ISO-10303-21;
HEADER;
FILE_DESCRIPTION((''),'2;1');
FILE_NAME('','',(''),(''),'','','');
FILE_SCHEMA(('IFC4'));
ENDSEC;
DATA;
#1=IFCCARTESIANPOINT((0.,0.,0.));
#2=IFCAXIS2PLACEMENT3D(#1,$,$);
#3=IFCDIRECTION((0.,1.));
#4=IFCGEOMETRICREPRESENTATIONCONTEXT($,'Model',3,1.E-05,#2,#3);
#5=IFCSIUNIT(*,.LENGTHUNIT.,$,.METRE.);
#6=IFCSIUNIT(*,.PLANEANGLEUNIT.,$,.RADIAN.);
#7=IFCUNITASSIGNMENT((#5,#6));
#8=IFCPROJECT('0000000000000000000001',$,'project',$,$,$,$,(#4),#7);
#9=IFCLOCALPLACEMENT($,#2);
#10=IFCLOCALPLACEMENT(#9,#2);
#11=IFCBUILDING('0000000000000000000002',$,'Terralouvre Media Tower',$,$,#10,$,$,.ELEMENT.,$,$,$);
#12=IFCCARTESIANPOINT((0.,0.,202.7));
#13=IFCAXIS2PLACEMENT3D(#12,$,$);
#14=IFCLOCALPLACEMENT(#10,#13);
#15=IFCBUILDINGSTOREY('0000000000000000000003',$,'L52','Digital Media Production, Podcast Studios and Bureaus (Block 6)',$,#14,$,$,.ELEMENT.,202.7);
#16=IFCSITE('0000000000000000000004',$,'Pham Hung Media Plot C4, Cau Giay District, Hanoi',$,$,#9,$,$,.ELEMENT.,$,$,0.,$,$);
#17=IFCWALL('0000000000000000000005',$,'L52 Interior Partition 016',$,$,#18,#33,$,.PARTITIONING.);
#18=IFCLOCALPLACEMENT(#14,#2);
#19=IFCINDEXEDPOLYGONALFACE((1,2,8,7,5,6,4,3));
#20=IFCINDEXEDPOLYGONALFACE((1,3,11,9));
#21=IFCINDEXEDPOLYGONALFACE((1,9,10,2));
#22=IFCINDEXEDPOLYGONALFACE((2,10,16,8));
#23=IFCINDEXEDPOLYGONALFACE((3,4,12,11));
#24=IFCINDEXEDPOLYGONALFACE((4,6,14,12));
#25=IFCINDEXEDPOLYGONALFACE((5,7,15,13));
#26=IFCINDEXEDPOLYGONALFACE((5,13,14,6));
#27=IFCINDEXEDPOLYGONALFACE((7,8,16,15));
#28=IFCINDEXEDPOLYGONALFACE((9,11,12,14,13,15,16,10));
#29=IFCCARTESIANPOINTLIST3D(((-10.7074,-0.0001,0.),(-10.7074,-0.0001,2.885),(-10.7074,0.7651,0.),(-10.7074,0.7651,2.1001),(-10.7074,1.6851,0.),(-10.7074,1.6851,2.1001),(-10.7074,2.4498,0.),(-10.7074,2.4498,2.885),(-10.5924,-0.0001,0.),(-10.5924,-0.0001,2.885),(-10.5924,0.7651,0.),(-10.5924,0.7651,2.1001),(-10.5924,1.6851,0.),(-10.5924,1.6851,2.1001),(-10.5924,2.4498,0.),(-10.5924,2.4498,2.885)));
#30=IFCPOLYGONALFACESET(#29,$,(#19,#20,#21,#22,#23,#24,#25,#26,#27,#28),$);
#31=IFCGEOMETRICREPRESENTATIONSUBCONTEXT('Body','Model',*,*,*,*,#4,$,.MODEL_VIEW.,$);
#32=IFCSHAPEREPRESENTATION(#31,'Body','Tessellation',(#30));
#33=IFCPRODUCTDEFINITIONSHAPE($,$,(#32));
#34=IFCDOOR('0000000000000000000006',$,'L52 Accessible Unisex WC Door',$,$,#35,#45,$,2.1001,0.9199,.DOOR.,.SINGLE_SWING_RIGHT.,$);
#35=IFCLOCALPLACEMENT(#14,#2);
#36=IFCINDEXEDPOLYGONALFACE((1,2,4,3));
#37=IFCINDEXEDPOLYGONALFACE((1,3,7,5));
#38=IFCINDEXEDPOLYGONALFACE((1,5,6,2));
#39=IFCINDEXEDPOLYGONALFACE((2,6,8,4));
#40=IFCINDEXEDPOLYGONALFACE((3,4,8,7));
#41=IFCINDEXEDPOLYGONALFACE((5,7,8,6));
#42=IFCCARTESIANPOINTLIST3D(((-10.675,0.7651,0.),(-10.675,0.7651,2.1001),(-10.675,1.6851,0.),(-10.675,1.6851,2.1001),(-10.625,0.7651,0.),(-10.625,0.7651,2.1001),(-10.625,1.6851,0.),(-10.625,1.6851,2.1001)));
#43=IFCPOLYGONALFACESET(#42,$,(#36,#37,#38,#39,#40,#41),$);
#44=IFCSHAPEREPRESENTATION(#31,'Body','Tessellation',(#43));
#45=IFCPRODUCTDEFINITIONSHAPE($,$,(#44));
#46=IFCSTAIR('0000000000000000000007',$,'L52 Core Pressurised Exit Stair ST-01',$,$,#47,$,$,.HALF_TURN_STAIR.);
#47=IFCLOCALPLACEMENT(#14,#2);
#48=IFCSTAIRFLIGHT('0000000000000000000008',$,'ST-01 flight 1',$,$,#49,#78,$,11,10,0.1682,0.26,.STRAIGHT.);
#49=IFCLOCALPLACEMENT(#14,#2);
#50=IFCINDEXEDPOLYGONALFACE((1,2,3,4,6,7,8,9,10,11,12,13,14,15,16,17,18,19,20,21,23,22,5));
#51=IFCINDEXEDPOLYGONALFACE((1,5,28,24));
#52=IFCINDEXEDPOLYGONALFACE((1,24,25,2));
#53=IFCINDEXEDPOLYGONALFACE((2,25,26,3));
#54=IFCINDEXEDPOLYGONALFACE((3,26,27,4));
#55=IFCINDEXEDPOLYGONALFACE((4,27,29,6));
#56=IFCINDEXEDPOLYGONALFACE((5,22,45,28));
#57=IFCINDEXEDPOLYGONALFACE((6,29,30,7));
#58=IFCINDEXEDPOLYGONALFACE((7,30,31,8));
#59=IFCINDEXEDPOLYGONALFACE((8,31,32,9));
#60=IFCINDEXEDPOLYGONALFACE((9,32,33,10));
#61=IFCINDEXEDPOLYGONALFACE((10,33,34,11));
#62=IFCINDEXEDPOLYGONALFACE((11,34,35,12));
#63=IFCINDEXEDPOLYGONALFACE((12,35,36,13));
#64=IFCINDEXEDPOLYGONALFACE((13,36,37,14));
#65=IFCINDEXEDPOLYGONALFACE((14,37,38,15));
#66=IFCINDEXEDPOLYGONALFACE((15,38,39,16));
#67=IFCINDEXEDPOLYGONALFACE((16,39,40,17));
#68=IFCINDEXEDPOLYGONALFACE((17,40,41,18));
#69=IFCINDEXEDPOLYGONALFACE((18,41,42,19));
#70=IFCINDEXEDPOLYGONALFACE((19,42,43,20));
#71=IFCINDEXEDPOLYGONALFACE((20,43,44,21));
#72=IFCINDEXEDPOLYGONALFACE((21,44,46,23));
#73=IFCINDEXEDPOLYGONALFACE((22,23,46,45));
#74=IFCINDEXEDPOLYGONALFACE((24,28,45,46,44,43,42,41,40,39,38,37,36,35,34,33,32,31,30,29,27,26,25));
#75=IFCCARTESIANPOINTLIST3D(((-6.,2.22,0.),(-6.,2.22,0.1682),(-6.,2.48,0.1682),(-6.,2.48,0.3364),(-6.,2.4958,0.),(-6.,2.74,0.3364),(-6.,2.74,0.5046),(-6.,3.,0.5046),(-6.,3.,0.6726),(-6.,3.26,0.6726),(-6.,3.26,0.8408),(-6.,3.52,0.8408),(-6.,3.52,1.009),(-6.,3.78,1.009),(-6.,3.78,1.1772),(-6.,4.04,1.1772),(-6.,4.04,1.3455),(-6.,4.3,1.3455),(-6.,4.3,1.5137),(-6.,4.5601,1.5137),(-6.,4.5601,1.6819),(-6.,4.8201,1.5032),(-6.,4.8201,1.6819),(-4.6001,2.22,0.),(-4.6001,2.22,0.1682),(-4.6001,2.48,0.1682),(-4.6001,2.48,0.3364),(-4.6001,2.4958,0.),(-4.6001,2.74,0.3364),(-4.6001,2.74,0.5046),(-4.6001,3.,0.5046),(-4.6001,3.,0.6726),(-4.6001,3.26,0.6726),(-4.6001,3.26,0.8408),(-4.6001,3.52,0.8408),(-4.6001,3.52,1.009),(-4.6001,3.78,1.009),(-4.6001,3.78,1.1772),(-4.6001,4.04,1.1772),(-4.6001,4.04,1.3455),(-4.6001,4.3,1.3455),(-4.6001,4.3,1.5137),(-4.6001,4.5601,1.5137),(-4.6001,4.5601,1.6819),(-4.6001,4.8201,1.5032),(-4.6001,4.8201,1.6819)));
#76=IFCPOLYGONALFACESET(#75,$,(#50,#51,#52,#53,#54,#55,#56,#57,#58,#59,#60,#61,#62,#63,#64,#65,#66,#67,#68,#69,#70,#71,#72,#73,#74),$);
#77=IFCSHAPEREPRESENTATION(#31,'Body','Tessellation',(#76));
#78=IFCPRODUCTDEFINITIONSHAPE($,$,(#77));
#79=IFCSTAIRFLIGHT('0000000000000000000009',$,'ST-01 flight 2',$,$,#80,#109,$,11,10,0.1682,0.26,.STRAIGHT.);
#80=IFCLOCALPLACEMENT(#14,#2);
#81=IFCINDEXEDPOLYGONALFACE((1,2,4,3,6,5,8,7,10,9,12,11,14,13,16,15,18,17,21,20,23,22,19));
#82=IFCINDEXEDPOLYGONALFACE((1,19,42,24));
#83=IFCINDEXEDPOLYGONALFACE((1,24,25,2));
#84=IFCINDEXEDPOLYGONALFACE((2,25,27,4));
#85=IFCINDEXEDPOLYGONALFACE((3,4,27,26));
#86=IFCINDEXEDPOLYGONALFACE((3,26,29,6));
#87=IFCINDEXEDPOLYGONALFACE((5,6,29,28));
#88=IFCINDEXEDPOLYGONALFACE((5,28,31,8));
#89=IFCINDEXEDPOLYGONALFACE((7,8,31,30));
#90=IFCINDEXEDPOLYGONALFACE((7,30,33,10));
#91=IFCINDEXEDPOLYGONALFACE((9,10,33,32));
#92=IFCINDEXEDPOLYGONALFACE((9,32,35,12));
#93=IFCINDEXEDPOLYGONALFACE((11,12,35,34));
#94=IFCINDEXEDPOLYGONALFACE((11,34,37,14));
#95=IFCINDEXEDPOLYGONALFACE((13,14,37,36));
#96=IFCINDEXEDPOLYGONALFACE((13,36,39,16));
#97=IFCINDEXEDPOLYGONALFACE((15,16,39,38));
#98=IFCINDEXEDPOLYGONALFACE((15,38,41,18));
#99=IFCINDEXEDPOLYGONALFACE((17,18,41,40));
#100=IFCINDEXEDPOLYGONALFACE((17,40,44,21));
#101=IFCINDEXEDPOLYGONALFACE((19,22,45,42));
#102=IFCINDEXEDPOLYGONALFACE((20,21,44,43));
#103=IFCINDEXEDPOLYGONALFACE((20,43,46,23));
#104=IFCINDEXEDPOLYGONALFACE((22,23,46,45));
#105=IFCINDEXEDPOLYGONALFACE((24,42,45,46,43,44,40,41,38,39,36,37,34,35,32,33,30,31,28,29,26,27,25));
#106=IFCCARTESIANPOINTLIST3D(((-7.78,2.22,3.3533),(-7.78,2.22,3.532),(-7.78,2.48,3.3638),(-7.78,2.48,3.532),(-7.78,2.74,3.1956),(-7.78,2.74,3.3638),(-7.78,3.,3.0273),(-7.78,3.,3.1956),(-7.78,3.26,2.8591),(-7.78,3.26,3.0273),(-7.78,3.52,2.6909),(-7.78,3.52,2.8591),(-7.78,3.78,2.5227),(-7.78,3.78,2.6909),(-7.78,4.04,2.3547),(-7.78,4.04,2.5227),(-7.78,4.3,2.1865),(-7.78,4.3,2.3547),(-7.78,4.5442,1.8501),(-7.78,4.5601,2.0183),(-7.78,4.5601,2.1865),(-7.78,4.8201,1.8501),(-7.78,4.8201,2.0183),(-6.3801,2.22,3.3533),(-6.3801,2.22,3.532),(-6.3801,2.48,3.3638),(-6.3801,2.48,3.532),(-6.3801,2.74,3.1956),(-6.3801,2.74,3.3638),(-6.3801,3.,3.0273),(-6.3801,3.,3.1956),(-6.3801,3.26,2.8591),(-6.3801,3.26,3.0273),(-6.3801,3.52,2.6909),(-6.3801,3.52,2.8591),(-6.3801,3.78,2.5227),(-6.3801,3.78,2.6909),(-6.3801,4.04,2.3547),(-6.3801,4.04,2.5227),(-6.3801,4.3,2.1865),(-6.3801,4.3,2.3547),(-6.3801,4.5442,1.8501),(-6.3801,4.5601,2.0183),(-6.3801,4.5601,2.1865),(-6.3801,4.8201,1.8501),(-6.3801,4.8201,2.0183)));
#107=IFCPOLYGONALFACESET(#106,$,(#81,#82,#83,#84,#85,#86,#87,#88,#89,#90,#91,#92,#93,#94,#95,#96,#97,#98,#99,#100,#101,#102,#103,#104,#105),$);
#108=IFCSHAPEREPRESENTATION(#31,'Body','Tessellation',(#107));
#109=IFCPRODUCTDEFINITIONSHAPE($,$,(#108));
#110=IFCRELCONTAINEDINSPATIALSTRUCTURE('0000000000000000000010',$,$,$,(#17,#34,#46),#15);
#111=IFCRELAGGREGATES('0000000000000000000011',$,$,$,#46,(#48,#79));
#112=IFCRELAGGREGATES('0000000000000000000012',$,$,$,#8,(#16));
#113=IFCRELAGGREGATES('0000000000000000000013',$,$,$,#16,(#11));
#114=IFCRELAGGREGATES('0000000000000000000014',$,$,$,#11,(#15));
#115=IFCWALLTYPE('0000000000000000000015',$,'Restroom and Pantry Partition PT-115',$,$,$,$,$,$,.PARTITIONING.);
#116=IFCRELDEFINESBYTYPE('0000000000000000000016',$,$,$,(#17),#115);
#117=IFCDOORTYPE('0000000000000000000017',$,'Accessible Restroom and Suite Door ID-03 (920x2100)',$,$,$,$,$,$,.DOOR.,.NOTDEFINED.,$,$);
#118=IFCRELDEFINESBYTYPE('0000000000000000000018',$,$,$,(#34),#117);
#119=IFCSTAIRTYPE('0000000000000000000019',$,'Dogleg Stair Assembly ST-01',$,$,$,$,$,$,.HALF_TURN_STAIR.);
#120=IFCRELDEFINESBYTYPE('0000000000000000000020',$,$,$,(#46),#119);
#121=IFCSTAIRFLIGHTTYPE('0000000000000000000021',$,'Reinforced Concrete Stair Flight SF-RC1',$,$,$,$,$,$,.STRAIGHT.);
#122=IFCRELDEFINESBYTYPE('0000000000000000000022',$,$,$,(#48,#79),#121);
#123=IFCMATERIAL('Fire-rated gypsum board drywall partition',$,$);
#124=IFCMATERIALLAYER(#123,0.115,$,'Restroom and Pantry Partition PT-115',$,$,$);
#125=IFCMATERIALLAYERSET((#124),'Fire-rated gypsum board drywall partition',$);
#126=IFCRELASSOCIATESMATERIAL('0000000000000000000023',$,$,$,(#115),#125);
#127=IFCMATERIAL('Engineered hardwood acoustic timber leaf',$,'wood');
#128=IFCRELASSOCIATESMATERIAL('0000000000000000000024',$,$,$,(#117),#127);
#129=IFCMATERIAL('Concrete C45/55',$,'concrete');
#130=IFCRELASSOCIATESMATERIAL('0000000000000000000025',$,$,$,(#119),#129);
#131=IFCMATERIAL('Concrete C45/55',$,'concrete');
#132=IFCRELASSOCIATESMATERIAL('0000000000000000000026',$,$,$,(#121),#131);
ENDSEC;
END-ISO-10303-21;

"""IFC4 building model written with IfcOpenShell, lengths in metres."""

from ifc_helpers import new_model, si_unit, direction, frame, frame_2d, origin, place, context, subcontext, project, spatial, polyline, rectangle, outline, extrude, material, layer, layer_set, type_object, element, fill, aggregate, save


model = new_model("IFC4")

# Units and contexts
model_context = context("Model", 3, precision=1e-05, world=origin(), true_north=direction((0.0, 1.0)))
body_context = subcontext(model_context, "Body", "Model", "MODEL_VIEW")
ifc_project = project(units=[si_unit("LENGTHUNIT", "METRE"), si_unit("PLANEANGLEUNIT", "RADIAN")], contexts=[model_context])

# Site, building, storey
site_placement = place(None, origin())
site = spatial("IfcSite", under=ifc_project, at=site_placement, Name="Pham Hung Media Plot C4, Cau Giay District, Hanoi", CompositionType="ELEMENT", RefElevation=0.0)
building_placement = place(site_placement, origin())
building = spatial("IfcBuilding", under=site, at=building_placement, Name="Terralouvre Media Tower", CompositionType="ELEMENT")
storey_placement = place(building_placement, frame((0.0, 0.0, 202.7)))
storey = spatial("IfcBuildingStorey", under=building, at=storey_placement, Name="L52", Description="Digital Media Production, Podcast Studios and Bureaus (Block 6)", CompositionType="ELEMENT", Elevation=202.7)

# Wall, opening, door
ifc_material_1 = material(Name="Fire-rated gypsum board drywall partition")
ifc_layer_1 = layer(ifc_material_1, 0.115, Name="Restroom and Pantry Partition PT-115")
ifc_layer_set_1 = layer_set([ifc_layer_1], Name="Fire-rated gypsum board drywall partition")
wall_type_1 = type_object("IfcWallType", Name="Restroom and Pantry Partition PT-115", PredefinedType="PARTITIONING", material=ifc_layer_set_1)
wall_1_placement = place(storey_placement, frame((-10.6499, 2.45, 0.0), z_axis=(0.0, 0.0, 1.0), x_axis=(0.0, -1.0, 0.0)))
wall_1 = element("IfcWall", 1, at=wall_1_placement, inside=storey, type_object=wall_type_1, Name="L52 Interior Partition 016", PredefinedType="PARTITIONING", context=body_context, shape_type="SweptSolid", body=[
    extrude(rectangle(XDim=2.45, YDim=0.115, at=frame_2d((1.2251, 0.0))), origin(), (0.0, 0.0, 1.0), 2.885),
])
opening_1_placement = place(wall_1_placement, frame((0.7649, 0.0, 0.0)))
opening_1 = element("IfcOpeningElement", 2, at=opening_1_placement, cuts=wall_1, PredefinedType="OPENING", context=body_context, shape_type="SweptSolid", body=[
    extrude(rectangle(XDim=0.9199, YDim=2.1001, at=frame_2d((0.46, 1.05))), frame((0.0, 0.0674, 0.0), z_axis=(0.0, -1.0, 0.0), x_axis=(1.0, 0.0, 0.0)), (0.0, 0.0, 1.0), 0.135),
])
ifc_material_2 = material(Name="Engineered hardwood acoustic timber leaf", Category="wood")
door_type_1 = type_object("IfcDoorType", Name="Accessible Restroom and Suite Door ID-03 (920x2100)", OperationType="NOTDEFINED", PredefinedType="DOOR", material=ifc_material_2)
door_1_placement = place(opening_1_placement, origin())
door_1 = element("IfcDoor", 3, at=door_1_placement, inside=storey, type_object=door_type_1, Name="L52 Accessible Unisex WC Door", OperationType="SINGLE_SWING_RIGHT", OverallHeight=2.1001, OverallWidth=0.9199, PredefinedType="DOOR", context=body_context, shape_type="SweptSolid", body=[
    extrude(rectangle(XDim=0.9199, YDim=2.1001, at=frame_2d((0.46, 1.05))), frame((0.0, 0.0249, 0.0), z_axis=(0.0, -1.0, 0.0), x_axis=(1.0, 0.0, 0.0)), (0.0, 0.0, 1.0), 0.05),
])
fill(opening_1, door_1)

# Stair, stair flights
ifc_material_3 = material(Name="Concrete C45/55", Category="concrete")
stair_type = type_object("IfcStairType", Name="Dogleg Stair Assembly ST-01", PredefinedType="HALF_TURN_STAIR", material=ifc_material_3)
stair_placement = place(storey_placement, origin())
stair = element("IfcStair", 4, at=stair_placement, inside=storey, type_object=stair_type, Name="L52 Core Pressurised Exit Stair ST-01", PredefinedType="HALF_TURN_STAIR")
ifc_material_4 = material(Name="Concrete C45/55", Category="concrete")
stair_flight_type = type_object("IfcStairFlightType", Name="Reinforced Concrete Stair Flight SF-RC1", PredefinedType="STRAIGHT", material=ifc_material_4)
stair_flight_1_placement = place(storey_placement, frame((-5.3, 2.22, 0.0), z_axis=(0.0, 0.0, 1.0), x_axis=(0.0, 1.0, 0.0)))
stair_flight_1 = element("IfcStairFlight", 5, at=stair_flight_1_placement, type_object=stair_flight_type, Name="ST-01 flight 1", NumberOfRisers=11, NumberOfTreads=10, PredefinedType="STRAIGHT", RiserHeight=0.1682, TreadLength=0.26, context=body_context, shape_type="SweptSolid", body=[
    extrude(outline(polyline([(0.0, 0.0), (0.0, 0.1682), (0.26, 0.1682), (0.26, 0.3364), (0.52, 0.3364), (0.52, 0.5046), (0.78, 0.5046), (0.78, 0.6726), (1.04, 0.6726), (1.04, 0.8408), (1.3, 0.8408), (1.3, 1.009), (1.5601, 1.009), (1.5601, 1.1772), (1.8201, 1.1772), (1.8201, 1.3455), (2.0801, 1.3455), (2.0801, 1.5137), (2.3401, 1.5137), (2.3401, 1.6819), (2.6001, 1.6819), (2.6001, 1.8501), (2.6001, 1.5032), (0.2759, 0.0), (0.0, 0.0)])), frame((0.0, 0.7, 0.0), z_axis=(0.0, -1.0, 0.0), x_axis=(1.0, 0.0, 0.0)), (0.0, 0.0, 1.0), 1.3999),
])
stair_flight_2_placement = place(storey_placement, frame((-7.0801, 4.8201, 1.8501), z_axis=(0.0, 0.0, 1.0), x_axis=(0.0, -1.0, 0.0)))
stair_flight_2 = element("IfcStairFlight", 6, at=stair_flight_2_placement, type_object=stair_flight_type, Name="ST-01 flight 2", NumberOfRisers=11, NumberOfTreads=10, PredefinedType="STRAIGHT", RiserHeight=0.1682, TreadLength=0.26, context=body_context, shape_type="SweptSolid", body=[
    extrude(outline(polyline([(0.0, 0.0), (0.0, 0.1682), (0.26, 0.1682), (0.26, 0.3364), (0.52, 0.3364), (0.52, 0.5046), (0.78, 0.5046), (0.78, 0.6726), (1.04, 0.6726), (1.04, 0.8408), (1.3, 0.8408), (1.3, 1.009), (1.5601, 1.009), (1.5601, 1.1772), (1.8201, 1.1772), (1.8201, 1.3455), (2.0801, 1.3455), (2.0801, 1.5137), (2.3401, 1.5137), (2.3401, 1.6819), (2.6001, 1.6819), (2.6001, 1.8501), (2.6001, 1.5032), (0.2759, 0.0), (0.0, 0.0)])), frame((0.0, 0.7, 0.0), z_axis=(0.0, -1.0, 0.0), x_axis=(1.0, 0.0, 0.0)), (0.0, 0.0, 1.0), 1.3999),
])
aggregate(stair, [stair_flight_1, stair_flight_2])

save(model, "model.ifc")
